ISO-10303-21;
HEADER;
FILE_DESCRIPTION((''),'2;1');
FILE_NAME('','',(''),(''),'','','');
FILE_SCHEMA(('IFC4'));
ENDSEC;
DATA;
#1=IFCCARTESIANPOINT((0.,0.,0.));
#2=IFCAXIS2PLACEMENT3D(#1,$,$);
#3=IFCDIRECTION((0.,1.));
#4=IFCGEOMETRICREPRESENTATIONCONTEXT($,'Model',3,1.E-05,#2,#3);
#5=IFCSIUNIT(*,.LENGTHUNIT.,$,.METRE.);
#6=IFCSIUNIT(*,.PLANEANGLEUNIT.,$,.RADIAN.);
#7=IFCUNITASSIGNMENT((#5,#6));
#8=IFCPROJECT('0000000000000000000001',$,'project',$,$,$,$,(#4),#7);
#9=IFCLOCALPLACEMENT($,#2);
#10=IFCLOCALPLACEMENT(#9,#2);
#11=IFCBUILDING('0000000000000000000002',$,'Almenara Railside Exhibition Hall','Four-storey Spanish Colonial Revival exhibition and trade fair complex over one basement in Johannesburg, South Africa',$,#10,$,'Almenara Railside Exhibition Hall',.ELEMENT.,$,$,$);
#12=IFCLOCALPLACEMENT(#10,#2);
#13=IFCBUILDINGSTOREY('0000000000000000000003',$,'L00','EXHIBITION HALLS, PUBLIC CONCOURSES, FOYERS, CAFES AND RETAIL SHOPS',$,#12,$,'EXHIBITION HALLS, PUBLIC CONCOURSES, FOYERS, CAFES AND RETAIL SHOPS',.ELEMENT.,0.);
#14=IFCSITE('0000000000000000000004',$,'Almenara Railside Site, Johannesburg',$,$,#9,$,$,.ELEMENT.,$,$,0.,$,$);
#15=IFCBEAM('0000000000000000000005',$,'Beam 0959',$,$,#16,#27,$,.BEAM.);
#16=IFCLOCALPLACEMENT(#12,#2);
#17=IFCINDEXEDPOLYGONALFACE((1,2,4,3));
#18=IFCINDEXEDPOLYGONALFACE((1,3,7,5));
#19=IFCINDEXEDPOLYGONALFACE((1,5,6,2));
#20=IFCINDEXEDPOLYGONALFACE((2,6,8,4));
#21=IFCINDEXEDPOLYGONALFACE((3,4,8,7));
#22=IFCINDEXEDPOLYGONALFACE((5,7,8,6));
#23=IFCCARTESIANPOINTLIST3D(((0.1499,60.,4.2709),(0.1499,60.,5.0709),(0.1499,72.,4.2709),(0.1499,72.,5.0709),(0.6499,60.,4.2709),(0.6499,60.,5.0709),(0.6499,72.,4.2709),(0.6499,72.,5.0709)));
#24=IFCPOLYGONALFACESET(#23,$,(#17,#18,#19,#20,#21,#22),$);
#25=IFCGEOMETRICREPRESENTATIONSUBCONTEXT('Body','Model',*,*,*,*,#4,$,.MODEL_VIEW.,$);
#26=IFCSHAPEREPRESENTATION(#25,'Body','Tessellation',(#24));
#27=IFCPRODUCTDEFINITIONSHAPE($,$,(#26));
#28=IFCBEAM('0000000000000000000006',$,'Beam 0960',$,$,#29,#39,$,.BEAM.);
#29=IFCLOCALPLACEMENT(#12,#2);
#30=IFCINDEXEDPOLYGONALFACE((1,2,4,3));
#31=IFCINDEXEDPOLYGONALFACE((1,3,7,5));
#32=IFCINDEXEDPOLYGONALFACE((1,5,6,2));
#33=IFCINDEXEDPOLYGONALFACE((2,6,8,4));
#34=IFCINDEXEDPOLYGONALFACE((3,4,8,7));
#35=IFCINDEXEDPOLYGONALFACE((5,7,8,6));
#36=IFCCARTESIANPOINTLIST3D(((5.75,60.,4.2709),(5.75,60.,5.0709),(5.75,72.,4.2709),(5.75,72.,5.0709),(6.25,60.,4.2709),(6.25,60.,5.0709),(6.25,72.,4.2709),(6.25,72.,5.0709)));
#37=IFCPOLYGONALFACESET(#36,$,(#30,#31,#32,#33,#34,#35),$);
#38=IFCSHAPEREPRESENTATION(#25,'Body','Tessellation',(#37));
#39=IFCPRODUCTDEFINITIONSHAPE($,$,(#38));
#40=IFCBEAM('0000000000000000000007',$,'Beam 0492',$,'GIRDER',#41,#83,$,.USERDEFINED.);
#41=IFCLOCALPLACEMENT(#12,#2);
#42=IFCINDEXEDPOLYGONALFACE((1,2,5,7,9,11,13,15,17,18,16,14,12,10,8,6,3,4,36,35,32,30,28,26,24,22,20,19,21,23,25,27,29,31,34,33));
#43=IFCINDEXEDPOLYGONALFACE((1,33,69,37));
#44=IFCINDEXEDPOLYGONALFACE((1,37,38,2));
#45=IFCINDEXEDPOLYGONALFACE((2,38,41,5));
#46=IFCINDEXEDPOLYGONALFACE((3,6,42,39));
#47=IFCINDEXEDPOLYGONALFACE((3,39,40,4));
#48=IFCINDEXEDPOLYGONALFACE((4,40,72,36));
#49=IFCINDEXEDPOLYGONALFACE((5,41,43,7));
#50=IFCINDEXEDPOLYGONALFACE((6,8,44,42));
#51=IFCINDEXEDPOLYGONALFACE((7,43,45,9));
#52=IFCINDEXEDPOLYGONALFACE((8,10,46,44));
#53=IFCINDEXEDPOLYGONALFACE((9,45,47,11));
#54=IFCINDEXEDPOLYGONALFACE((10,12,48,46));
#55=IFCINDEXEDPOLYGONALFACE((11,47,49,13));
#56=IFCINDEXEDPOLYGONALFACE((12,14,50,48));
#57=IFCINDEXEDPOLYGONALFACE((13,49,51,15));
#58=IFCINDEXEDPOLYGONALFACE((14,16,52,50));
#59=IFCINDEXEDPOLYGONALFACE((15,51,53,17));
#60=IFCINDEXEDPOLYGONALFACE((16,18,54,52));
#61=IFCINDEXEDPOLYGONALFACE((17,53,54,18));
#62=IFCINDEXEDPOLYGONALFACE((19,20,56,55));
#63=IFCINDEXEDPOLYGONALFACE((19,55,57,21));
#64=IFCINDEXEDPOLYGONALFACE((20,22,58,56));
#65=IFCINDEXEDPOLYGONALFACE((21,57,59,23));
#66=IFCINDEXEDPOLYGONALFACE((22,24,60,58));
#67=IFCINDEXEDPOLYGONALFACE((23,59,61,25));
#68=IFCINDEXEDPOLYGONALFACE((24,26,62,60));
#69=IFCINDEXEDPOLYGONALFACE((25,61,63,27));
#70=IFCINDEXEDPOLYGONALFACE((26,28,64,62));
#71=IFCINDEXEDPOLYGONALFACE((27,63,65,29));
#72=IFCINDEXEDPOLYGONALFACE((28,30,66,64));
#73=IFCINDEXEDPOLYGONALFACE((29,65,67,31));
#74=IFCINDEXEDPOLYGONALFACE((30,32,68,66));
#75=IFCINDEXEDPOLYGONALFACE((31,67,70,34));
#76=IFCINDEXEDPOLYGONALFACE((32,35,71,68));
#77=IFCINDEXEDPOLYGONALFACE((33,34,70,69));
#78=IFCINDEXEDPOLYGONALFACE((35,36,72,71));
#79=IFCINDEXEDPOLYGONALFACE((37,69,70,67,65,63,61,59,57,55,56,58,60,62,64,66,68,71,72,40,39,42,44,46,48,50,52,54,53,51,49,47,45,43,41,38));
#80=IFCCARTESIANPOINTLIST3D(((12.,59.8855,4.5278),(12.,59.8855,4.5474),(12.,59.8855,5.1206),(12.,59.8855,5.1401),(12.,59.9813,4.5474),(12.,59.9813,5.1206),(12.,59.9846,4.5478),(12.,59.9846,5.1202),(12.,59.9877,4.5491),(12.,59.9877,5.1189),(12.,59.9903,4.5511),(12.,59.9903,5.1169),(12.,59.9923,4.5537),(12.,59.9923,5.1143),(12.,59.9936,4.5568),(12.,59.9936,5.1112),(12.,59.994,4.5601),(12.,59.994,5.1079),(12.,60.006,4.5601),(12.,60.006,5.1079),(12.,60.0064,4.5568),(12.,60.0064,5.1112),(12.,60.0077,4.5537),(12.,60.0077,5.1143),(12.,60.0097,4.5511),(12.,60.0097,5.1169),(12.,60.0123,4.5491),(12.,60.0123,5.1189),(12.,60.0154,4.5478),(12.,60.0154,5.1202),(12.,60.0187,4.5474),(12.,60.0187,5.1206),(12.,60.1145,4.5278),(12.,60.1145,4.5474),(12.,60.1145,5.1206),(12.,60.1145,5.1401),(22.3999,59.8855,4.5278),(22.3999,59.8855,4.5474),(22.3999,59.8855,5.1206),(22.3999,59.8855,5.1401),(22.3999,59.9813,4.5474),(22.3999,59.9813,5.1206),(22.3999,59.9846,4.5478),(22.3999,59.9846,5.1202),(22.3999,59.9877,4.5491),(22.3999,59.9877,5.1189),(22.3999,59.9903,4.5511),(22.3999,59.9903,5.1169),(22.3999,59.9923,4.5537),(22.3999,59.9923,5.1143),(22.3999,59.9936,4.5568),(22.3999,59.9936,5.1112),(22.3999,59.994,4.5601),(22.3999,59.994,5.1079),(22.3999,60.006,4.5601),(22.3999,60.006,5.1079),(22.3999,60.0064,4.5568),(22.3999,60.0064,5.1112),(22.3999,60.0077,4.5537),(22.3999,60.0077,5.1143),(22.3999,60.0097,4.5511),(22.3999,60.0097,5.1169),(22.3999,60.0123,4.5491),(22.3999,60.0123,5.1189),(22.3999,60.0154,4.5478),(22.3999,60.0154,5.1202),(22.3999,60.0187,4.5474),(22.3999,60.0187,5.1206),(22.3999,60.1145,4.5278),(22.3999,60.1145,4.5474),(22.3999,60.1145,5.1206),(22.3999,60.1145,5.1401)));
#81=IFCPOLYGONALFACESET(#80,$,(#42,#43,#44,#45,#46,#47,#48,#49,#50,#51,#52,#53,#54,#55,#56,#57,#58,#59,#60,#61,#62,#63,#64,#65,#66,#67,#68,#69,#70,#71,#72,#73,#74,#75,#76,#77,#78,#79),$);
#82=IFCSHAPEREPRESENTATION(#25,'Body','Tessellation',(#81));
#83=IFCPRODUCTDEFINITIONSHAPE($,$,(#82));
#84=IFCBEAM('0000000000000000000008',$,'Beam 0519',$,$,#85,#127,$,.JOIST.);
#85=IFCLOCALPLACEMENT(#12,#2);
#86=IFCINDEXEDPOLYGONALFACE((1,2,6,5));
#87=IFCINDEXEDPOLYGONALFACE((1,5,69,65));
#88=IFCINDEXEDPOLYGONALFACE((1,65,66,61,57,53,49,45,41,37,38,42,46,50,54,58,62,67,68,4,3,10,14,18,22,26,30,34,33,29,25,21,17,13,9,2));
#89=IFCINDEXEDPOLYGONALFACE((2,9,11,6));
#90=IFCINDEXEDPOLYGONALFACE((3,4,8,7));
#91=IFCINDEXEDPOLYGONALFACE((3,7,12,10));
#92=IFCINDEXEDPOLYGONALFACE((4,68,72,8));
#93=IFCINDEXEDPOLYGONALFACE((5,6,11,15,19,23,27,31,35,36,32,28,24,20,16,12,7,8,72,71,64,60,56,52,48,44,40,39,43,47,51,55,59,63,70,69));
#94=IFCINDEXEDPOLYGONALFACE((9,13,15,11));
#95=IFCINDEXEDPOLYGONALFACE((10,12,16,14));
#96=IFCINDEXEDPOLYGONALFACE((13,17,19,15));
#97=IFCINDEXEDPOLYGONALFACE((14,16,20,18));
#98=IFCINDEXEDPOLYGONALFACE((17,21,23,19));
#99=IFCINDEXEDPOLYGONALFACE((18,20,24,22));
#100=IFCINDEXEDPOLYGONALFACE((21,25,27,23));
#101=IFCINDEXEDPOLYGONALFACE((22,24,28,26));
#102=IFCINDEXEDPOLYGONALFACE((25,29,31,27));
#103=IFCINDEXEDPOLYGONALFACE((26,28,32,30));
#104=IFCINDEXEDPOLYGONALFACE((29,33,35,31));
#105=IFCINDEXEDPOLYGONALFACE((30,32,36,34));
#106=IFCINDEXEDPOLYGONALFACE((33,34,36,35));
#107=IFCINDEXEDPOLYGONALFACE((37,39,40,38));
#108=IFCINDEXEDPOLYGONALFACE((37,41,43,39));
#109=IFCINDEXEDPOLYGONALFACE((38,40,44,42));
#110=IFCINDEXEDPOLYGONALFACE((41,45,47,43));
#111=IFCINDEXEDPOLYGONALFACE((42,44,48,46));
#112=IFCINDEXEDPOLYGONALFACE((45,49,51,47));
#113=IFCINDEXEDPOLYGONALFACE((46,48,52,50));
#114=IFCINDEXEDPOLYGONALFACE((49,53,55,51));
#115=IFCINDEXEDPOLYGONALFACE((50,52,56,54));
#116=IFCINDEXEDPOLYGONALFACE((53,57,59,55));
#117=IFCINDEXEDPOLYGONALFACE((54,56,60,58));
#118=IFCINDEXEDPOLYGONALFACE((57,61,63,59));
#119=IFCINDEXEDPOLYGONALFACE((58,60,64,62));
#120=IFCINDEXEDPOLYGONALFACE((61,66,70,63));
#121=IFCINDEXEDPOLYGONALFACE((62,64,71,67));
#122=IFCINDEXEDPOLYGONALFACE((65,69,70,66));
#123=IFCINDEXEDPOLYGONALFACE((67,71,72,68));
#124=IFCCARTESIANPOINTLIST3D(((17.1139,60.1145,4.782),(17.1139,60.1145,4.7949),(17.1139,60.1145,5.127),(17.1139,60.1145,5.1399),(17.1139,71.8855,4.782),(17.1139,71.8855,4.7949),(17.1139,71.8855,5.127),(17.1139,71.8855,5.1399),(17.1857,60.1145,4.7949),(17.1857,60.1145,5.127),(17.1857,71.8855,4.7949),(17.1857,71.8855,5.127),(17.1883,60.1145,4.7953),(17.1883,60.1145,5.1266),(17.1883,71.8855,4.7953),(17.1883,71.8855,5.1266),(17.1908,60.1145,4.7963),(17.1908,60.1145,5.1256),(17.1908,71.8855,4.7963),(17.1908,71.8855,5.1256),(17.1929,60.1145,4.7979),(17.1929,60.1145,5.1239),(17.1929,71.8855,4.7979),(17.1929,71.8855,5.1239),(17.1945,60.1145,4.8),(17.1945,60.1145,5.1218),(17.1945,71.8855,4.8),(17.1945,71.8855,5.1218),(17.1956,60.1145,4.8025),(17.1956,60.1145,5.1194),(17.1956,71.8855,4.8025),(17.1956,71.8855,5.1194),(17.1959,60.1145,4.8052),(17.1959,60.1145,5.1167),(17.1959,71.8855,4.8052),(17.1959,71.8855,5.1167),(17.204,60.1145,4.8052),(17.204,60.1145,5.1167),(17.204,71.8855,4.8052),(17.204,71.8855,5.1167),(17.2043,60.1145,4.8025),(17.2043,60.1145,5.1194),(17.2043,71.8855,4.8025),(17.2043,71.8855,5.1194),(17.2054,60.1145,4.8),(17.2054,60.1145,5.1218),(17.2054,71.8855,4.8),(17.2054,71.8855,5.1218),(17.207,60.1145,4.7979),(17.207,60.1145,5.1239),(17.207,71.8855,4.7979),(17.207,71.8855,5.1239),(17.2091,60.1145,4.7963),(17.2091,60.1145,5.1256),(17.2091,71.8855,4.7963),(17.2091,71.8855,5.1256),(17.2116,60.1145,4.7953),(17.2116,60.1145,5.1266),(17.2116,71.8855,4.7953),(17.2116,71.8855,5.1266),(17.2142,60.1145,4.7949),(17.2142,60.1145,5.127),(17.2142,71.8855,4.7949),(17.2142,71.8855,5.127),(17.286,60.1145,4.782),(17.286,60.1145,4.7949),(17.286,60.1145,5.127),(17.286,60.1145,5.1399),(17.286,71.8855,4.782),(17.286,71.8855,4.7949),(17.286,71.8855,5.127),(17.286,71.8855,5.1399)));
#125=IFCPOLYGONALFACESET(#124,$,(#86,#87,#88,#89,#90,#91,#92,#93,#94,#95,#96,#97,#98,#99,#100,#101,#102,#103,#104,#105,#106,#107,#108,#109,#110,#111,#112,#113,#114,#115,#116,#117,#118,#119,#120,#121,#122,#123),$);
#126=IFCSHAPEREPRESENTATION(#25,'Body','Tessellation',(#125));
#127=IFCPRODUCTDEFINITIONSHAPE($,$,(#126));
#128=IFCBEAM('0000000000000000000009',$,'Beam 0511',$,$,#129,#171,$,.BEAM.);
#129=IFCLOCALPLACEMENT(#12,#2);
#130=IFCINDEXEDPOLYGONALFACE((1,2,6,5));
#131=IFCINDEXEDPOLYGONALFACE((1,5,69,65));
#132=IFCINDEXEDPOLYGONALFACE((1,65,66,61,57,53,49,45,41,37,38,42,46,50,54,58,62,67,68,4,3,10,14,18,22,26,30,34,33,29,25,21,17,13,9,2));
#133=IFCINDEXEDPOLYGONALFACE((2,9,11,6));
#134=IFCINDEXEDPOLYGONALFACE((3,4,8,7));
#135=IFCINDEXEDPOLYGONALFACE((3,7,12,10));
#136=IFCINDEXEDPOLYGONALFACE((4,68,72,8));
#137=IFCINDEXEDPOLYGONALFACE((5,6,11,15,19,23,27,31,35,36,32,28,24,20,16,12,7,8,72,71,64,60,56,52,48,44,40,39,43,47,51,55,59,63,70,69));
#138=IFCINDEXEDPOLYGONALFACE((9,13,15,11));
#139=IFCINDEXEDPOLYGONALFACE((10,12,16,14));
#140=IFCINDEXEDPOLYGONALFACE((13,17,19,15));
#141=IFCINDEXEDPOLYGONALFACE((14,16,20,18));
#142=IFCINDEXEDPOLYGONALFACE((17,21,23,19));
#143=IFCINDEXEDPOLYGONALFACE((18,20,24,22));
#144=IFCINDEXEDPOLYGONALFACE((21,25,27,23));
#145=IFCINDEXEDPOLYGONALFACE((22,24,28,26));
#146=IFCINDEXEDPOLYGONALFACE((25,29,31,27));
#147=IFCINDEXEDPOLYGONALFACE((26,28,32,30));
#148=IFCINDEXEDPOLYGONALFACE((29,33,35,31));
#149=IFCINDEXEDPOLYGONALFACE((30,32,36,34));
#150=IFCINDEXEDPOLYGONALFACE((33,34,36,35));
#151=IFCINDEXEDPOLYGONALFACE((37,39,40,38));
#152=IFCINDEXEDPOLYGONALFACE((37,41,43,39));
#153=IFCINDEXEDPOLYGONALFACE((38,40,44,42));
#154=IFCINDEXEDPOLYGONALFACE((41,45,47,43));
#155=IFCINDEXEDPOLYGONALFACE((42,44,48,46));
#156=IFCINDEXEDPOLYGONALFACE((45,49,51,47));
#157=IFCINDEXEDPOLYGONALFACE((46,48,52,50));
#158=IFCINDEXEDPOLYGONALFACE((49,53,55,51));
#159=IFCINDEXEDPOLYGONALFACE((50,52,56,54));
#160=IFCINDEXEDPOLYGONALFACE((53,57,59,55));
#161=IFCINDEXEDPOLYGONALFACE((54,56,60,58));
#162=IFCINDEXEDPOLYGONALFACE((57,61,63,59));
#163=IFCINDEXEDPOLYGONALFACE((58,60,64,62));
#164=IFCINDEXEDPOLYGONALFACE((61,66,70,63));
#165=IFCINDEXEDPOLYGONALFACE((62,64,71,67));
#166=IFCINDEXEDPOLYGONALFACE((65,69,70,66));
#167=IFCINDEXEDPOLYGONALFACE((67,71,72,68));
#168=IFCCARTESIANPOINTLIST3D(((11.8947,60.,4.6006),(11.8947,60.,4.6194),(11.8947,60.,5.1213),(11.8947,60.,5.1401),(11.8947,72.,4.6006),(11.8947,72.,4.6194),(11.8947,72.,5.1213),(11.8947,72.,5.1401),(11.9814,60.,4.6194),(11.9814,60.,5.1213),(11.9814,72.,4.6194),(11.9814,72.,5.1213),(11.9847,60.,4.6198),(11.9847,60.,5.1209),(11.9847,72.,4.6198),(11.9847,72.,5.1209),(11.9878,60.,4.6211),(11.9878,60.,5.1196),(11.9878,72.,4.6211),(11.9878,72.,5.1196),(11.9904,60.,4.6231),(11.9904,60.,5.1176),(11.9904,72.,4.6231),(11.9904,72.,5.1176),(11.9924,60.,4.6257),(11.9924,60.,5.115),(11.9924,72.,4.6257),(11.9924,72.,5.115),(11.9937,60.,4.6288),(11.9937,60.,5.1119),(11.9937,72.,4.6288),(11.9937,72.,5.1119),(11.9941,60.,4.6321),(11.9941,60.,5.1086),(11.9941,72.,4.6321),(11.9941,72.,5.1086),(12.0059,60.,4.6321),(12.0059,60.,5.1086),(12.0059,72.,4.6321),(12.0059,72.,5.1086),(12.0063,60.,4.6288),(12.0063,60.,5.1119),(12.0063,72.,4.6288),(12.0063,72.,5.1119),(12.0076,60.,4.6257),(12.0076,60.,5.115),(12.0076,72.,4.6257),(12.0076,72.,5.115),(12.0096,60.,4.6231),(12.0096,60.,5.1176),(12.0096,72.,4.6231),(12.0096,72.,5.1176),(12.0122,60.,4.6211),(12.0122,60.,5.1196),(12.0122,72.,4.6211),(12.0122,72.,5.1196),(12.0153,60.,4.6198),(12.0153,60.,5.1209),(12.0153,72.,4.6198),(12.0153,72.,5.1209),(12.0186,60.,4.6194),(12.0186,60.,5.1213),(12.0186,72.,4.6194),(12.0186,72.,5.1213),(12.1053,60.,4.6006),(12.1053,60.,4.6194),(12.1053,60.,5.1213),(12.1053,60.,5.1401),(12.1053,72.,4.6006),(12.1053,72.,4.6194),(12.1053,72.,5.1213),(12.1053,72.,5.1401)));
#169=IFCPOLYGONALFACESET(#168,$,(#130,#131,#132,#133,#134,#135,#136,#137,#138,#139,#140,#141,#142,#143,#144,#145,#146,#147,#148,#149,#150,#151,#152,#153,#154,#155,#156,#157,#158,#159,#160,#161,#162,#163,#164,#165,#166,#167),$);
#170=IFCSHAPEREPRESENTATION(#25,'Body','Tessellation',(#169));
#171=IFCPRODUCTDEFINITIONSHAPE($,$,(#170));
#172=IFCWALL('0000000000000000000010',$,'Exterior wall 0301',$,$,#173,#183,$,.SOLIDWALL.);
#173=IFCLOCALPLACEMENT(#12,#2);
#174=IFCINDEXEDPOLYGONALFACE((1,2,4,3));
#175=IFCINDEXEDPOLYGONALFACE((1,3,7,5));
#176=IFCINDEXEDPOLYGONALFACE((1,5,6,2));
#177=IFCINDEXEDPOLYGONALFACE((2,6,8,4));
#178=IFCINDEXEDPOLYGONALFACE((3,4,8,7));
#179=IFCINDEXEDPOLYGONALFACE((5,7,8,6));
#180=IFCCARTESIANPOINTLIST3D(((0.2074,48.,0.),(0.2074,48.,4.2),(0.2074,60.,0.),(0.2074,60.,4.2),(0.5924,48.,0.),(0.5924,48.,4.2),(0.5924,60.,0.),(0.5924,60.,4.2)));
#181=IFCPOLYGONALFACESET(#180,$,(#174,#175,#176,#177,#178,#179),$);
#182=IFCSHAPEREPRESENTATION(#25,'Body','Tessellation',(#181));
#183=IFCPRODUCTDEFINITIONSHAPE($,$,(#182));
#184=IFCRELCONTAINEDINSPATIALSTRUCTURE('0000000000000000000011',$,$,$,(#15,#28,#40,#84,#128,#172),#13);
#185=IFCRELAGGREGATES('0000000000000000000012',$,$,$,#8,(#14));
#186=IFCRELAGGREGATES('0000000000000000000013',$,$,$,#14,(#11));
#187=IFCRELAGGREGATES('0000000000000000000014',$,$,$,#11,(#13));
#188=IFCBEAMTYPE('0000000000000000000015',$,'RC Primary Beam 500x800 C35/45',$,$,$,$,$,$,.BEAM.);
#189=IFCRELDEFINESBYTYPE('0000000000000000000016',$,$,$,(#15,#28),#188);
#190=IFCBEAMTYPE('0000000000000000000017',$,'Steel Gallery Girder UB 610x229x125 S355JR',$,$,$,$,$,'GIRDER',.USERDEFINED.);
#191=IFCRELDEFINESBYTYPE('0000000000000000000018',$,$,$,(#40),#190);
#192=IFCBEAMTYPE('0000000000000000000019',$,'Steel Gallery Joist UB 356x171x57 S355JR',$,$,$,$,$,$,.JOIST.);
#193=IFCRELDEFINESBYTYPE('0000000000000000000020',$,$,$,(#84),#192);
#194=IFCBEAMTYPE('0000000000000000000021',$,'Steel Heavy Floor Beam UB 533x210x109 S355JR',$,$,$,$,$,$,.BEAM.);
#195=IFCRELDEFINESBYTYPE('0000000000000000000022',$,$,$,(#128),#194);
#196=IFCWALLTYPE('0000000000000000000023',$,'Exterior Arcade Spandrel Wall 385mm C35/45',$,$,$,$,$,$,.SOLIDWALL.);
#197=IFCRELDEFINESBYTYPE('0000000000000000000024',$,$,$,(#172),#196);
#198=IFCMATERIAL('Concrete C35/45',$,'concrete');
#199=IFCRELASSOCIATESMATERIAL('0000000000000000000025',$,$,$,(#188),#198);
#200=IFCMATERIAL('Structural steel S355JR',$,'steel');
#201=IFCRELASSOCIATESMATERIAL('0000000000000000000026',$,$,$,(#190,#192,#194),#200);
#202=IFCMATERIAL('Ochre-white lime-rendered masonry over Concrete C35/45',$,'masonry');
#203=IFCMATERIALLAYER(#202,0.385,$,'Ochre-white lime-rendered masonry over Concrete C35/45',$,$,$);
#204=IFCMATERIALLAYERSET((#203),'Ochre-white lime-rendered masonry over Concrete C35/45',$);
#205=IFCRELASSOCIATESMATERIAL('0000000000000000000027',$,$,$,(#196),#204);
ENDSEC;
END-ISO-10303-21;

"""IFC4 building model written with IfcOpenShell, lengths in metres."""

from ifc_helpers import new_model, si_unit, direction, frame, frame_2d, origin, origin_2d, place, context, subcontext, project, spatial, rectangle, i_section, extrude, material, layer, layer_set, material_profile, profile_set, type_object, element, save


model = new_model("IFC4")

# Units and contexts
model_context = context("Model", 3, precision=1e-05, world=origin(), true_north=direction((0.0, 1.0)))
body_context = subcontext(model_context, "Body", "Model", "MODEL_VIEW")
ifc_project = project(units=[si_unit("LENGTHUNIT", "METRE"), si_unit("PLANEANGLEUNIT", "RADIAN")], contexts=[model_context])

# Site, building, storey
site_placement = place(None, origin())
site = spatial("IfcSite", under=ifc_project, at=site_placement, Name="Almenara Railside Site, Johannesburg", CompositionType="ELEMENT", RefElevation=0.0)
building_placement = place(site_placement, origin())
building = spatial("IfcBuilding", under=site, at=building_placement, Name="Almenara Railside Exhibition Hall", Description="Four-storey Spanish Colonial Revival exhibition and trade fair complex over one basement in Johannesburg, South Africa", LongName="Almenara Railside Exhibition Hall", CompositionType="ELEMENT")
storey_placement = place(building_placement, origin())
storey = spatial("IfcBuildingStorey", under=building, at=storey_placement, Name="L00", Description="EXHIBITION HALLS, PUBLIC CONCOURSES, FOYERS, CAFES AND RETAIL SHOPS", LongName="EXHIBITION HALLS, PUBLIC CONCOURSES, FOYERS, CAFES AND RETAIL SHOPS", CompositionType="ELEMENT", Elevation=0.0)

# Shared definitions
ifc_material_1 = material(Name="Concrete C35/45", Category="concrete")

# Beams
ifc_material_profile_1 = material_profile(ifc_material_1, rectangle(XDim=0.5, YDim=0.8, at=origin_2d()), Name="RC 500x800")
ifc_profile_set_1 = profile_set([ifc_material_profile_1], Name="Concrete C35/45")
beam_type_1 = type_object("IfcBeamType", Name="RC Primary Beam 500x800 C35/45", PredefinedType="BEAM", material=ifc_profile_set_1)
for number, where, z_axis, x_axis, name in (
    (1, (0.3999, 60.0, 4.6709), (0.0, 1.0, 0.0), (-1.0, 0.0, 0.0), "Beam 0959"),
    (2, (6.0, 60.0, 4.6709), (0.0, 1.0, 0.0), (-1.0, 0.0, 0.0), "Beam 0960"),
):
    element("IfcBeam", number, at=place(storey_placement, frame(where, z_axis=z_axis, x_axis=x_axis)), inside=storey, type_object=beam_type_1, Name=name, PredefinedType="BEAM", context=body_context, shape_type="SweptSolid", body=[
        extrude(rectangle(XDim=0.5, YDim=0.8, at=origin_2d()), origin(), (0.0, 0.0, 1.0), 12.0),
    ])
ifc_material_2 = material(Name="Structural steel S355JR", Category="steel")
ifc_material_profile_2 = material_profile(ifc_material_2, i_section(OverallWidth=0.229, OverallDepth=0.6123, WebThickness=0.012, FlangeThickness=0.0195, FilletRadius=0.0127, at=origin_2d()), Name="UB 610x229x125")
ifc_profile_set_2 = profile_set([ifc_material_profile_2], Name="Structural steel S355JR")
beam_type_2 = type_object("IfcBeamType", Name="Steel Gallery Girder UB 610x229x125 S355JR", ElementType="GIRDER", PredefinedType="USERDEFINED", material=ifc_profile_set_2)
beam_1_placement = place(storey_placement, frame((12.0, 60.0, 4.834), z_axis=(1.0, 0.0, 0.0), x_axis=(0.0, 1.0, 0.0)))
element("IfcBeam", 3, at=beam_1_placement, inside=storey, type_object=beam_type_2, Name="Beam 0492", ObjectType="GIRDER", PredefinedType="USERDEFINED", context=body_context, shape_type="SweptSolid", body=[
    extrude(i_section(OverallWidth=0.229, OverallDepth=0.6123, WebThickness=0.012, FlangeThickness=0.0195, FilletRadius=0.0127, at=origin_2d()), origin(), (0.0, 0.0, 1.0), 10.3999),
])
ifc_material_profile_3 = material_profile(ifc_material_2, i_section(OverallWidth=0.1721, OverallDepth=0.3579, WebThickness=0.0081, FlangeThickness=0.0129, FilletRadius=0.0103, at=origin_2d()), Name="UB 356x171x57")
ifc_profile_set_3 = profile_set([ifc_material_profile_3], Name="Structural steel S355JR")
beam_type_3 = type_object("IfcBeamType", Name="Steel Gallery Joist UB 356x171x57 S355JR", PredefinedType="JOIST", material=ifc_profile_set_3)
beam_2_placement = place(storey_placement, frame((17.2, 60.1145, 4.9609), z_axis=(0.0, 1.0, 0.0), x_axis=(-1.0, 0.0, 0.0)))
element("IfcBeam", 4, at=beam_2_placement, inside=storey, type_object=beam_type_3, Name="Beam 0519", PredefinedType="JOIST", context=body_context, shape_type="SweptSolid", body=[
    extrude(i_section(OverallWidth=0.1721, OverallDepth=0.3579, WebThickness=0.0081, FlangeThickness=0.0129, FilletRadius=0.0103, at=origin_2d()), origin(), (0.0, 0.0, 1.0), 11.771),
])
ifc_material_profile_4 = material_profile(ifc_material_2, i_section(OverallWidth=0.2107, OverallDepth=0.5396, WebThickness=0.0117, FlangeThickness=0.0188, FilletRadius=0.0127, at=origin_2d()), Name="UB 533x210x109")
ifc_profile_set_4 = profile_set([ifc_material_profile_4], Name="Structural steel S355JR")
beam_type_4 = type_object("IfcBeamType", Name="Steel Heavy Floor Beam UB 533x210x109 S355JR", PredefinedType="BEAM", material=ifc_profile_set_4)
beam_3_placement = place(storey_placement, frame((12.0, 60.0, 4.8704), z_axis=(0.0, 1.0, 0.0), x_axis=(-1.0, 0.0, 0.0)))
element("IfcBeam", 5, at=beam_3_placement, inside=storey, type_object=beam_type_4, Name="Beam 0511", PredefinedType="BEAM", context=body_context, shape_type="SweptSolid", body=[
    extrude(i_section(OverallWidth=0.2107, OverallDepth=0.5396, WebThickness=0.0117, FlangeThickness=0.0188, FilletRadius=0.0127, at=origin_2d()), origin(), (0.0, 0.0, 1.0), 12.0),
])

# Wall
ifc_material_3 = material(Name="Ochre-white lime-rendered masonry over Concrete C35/45", Category="masonry")
ifc_layer_1 = layer(ifc_material_3, 0.385, Name="Ochre-white lime-rendered masonry over Concrete C35/45")
ifc_layer_set_1 = layer_set([ifc_layer_1], Name="Ochre-white lime-rendered masonry over Concrete C35/45")
wall_type_1 = type_object("IfcWallType", Name="Exterior Arcade Spandrel Wall 385mm C35/45", PredefinedType="SOLIDWALL", material=ifc_layer_set_1)
wall_1_placement = place(storey_placement, frame((0.3999, 60.0, 0.0), z_axis=(0.0, 0.0, 1.0), x_axis=(0.0, -1.0, 0.0)))
element("IfcWall", 6, at=wall_1_placement, inside=storey, type_object=wall_type_1, Name="Exterior wall 0301", PredefinedType="SOLIDWALL", context=body_context, shape_type="SweptSolid", body=[
    extrude(rectangle(XDim=12.0, YDim=0.385, at=frame_2d((6.0, 0.0))), origin(), (0.0, 0.0, 1.0), 4.2),
])

save(model, "model.ifc")
